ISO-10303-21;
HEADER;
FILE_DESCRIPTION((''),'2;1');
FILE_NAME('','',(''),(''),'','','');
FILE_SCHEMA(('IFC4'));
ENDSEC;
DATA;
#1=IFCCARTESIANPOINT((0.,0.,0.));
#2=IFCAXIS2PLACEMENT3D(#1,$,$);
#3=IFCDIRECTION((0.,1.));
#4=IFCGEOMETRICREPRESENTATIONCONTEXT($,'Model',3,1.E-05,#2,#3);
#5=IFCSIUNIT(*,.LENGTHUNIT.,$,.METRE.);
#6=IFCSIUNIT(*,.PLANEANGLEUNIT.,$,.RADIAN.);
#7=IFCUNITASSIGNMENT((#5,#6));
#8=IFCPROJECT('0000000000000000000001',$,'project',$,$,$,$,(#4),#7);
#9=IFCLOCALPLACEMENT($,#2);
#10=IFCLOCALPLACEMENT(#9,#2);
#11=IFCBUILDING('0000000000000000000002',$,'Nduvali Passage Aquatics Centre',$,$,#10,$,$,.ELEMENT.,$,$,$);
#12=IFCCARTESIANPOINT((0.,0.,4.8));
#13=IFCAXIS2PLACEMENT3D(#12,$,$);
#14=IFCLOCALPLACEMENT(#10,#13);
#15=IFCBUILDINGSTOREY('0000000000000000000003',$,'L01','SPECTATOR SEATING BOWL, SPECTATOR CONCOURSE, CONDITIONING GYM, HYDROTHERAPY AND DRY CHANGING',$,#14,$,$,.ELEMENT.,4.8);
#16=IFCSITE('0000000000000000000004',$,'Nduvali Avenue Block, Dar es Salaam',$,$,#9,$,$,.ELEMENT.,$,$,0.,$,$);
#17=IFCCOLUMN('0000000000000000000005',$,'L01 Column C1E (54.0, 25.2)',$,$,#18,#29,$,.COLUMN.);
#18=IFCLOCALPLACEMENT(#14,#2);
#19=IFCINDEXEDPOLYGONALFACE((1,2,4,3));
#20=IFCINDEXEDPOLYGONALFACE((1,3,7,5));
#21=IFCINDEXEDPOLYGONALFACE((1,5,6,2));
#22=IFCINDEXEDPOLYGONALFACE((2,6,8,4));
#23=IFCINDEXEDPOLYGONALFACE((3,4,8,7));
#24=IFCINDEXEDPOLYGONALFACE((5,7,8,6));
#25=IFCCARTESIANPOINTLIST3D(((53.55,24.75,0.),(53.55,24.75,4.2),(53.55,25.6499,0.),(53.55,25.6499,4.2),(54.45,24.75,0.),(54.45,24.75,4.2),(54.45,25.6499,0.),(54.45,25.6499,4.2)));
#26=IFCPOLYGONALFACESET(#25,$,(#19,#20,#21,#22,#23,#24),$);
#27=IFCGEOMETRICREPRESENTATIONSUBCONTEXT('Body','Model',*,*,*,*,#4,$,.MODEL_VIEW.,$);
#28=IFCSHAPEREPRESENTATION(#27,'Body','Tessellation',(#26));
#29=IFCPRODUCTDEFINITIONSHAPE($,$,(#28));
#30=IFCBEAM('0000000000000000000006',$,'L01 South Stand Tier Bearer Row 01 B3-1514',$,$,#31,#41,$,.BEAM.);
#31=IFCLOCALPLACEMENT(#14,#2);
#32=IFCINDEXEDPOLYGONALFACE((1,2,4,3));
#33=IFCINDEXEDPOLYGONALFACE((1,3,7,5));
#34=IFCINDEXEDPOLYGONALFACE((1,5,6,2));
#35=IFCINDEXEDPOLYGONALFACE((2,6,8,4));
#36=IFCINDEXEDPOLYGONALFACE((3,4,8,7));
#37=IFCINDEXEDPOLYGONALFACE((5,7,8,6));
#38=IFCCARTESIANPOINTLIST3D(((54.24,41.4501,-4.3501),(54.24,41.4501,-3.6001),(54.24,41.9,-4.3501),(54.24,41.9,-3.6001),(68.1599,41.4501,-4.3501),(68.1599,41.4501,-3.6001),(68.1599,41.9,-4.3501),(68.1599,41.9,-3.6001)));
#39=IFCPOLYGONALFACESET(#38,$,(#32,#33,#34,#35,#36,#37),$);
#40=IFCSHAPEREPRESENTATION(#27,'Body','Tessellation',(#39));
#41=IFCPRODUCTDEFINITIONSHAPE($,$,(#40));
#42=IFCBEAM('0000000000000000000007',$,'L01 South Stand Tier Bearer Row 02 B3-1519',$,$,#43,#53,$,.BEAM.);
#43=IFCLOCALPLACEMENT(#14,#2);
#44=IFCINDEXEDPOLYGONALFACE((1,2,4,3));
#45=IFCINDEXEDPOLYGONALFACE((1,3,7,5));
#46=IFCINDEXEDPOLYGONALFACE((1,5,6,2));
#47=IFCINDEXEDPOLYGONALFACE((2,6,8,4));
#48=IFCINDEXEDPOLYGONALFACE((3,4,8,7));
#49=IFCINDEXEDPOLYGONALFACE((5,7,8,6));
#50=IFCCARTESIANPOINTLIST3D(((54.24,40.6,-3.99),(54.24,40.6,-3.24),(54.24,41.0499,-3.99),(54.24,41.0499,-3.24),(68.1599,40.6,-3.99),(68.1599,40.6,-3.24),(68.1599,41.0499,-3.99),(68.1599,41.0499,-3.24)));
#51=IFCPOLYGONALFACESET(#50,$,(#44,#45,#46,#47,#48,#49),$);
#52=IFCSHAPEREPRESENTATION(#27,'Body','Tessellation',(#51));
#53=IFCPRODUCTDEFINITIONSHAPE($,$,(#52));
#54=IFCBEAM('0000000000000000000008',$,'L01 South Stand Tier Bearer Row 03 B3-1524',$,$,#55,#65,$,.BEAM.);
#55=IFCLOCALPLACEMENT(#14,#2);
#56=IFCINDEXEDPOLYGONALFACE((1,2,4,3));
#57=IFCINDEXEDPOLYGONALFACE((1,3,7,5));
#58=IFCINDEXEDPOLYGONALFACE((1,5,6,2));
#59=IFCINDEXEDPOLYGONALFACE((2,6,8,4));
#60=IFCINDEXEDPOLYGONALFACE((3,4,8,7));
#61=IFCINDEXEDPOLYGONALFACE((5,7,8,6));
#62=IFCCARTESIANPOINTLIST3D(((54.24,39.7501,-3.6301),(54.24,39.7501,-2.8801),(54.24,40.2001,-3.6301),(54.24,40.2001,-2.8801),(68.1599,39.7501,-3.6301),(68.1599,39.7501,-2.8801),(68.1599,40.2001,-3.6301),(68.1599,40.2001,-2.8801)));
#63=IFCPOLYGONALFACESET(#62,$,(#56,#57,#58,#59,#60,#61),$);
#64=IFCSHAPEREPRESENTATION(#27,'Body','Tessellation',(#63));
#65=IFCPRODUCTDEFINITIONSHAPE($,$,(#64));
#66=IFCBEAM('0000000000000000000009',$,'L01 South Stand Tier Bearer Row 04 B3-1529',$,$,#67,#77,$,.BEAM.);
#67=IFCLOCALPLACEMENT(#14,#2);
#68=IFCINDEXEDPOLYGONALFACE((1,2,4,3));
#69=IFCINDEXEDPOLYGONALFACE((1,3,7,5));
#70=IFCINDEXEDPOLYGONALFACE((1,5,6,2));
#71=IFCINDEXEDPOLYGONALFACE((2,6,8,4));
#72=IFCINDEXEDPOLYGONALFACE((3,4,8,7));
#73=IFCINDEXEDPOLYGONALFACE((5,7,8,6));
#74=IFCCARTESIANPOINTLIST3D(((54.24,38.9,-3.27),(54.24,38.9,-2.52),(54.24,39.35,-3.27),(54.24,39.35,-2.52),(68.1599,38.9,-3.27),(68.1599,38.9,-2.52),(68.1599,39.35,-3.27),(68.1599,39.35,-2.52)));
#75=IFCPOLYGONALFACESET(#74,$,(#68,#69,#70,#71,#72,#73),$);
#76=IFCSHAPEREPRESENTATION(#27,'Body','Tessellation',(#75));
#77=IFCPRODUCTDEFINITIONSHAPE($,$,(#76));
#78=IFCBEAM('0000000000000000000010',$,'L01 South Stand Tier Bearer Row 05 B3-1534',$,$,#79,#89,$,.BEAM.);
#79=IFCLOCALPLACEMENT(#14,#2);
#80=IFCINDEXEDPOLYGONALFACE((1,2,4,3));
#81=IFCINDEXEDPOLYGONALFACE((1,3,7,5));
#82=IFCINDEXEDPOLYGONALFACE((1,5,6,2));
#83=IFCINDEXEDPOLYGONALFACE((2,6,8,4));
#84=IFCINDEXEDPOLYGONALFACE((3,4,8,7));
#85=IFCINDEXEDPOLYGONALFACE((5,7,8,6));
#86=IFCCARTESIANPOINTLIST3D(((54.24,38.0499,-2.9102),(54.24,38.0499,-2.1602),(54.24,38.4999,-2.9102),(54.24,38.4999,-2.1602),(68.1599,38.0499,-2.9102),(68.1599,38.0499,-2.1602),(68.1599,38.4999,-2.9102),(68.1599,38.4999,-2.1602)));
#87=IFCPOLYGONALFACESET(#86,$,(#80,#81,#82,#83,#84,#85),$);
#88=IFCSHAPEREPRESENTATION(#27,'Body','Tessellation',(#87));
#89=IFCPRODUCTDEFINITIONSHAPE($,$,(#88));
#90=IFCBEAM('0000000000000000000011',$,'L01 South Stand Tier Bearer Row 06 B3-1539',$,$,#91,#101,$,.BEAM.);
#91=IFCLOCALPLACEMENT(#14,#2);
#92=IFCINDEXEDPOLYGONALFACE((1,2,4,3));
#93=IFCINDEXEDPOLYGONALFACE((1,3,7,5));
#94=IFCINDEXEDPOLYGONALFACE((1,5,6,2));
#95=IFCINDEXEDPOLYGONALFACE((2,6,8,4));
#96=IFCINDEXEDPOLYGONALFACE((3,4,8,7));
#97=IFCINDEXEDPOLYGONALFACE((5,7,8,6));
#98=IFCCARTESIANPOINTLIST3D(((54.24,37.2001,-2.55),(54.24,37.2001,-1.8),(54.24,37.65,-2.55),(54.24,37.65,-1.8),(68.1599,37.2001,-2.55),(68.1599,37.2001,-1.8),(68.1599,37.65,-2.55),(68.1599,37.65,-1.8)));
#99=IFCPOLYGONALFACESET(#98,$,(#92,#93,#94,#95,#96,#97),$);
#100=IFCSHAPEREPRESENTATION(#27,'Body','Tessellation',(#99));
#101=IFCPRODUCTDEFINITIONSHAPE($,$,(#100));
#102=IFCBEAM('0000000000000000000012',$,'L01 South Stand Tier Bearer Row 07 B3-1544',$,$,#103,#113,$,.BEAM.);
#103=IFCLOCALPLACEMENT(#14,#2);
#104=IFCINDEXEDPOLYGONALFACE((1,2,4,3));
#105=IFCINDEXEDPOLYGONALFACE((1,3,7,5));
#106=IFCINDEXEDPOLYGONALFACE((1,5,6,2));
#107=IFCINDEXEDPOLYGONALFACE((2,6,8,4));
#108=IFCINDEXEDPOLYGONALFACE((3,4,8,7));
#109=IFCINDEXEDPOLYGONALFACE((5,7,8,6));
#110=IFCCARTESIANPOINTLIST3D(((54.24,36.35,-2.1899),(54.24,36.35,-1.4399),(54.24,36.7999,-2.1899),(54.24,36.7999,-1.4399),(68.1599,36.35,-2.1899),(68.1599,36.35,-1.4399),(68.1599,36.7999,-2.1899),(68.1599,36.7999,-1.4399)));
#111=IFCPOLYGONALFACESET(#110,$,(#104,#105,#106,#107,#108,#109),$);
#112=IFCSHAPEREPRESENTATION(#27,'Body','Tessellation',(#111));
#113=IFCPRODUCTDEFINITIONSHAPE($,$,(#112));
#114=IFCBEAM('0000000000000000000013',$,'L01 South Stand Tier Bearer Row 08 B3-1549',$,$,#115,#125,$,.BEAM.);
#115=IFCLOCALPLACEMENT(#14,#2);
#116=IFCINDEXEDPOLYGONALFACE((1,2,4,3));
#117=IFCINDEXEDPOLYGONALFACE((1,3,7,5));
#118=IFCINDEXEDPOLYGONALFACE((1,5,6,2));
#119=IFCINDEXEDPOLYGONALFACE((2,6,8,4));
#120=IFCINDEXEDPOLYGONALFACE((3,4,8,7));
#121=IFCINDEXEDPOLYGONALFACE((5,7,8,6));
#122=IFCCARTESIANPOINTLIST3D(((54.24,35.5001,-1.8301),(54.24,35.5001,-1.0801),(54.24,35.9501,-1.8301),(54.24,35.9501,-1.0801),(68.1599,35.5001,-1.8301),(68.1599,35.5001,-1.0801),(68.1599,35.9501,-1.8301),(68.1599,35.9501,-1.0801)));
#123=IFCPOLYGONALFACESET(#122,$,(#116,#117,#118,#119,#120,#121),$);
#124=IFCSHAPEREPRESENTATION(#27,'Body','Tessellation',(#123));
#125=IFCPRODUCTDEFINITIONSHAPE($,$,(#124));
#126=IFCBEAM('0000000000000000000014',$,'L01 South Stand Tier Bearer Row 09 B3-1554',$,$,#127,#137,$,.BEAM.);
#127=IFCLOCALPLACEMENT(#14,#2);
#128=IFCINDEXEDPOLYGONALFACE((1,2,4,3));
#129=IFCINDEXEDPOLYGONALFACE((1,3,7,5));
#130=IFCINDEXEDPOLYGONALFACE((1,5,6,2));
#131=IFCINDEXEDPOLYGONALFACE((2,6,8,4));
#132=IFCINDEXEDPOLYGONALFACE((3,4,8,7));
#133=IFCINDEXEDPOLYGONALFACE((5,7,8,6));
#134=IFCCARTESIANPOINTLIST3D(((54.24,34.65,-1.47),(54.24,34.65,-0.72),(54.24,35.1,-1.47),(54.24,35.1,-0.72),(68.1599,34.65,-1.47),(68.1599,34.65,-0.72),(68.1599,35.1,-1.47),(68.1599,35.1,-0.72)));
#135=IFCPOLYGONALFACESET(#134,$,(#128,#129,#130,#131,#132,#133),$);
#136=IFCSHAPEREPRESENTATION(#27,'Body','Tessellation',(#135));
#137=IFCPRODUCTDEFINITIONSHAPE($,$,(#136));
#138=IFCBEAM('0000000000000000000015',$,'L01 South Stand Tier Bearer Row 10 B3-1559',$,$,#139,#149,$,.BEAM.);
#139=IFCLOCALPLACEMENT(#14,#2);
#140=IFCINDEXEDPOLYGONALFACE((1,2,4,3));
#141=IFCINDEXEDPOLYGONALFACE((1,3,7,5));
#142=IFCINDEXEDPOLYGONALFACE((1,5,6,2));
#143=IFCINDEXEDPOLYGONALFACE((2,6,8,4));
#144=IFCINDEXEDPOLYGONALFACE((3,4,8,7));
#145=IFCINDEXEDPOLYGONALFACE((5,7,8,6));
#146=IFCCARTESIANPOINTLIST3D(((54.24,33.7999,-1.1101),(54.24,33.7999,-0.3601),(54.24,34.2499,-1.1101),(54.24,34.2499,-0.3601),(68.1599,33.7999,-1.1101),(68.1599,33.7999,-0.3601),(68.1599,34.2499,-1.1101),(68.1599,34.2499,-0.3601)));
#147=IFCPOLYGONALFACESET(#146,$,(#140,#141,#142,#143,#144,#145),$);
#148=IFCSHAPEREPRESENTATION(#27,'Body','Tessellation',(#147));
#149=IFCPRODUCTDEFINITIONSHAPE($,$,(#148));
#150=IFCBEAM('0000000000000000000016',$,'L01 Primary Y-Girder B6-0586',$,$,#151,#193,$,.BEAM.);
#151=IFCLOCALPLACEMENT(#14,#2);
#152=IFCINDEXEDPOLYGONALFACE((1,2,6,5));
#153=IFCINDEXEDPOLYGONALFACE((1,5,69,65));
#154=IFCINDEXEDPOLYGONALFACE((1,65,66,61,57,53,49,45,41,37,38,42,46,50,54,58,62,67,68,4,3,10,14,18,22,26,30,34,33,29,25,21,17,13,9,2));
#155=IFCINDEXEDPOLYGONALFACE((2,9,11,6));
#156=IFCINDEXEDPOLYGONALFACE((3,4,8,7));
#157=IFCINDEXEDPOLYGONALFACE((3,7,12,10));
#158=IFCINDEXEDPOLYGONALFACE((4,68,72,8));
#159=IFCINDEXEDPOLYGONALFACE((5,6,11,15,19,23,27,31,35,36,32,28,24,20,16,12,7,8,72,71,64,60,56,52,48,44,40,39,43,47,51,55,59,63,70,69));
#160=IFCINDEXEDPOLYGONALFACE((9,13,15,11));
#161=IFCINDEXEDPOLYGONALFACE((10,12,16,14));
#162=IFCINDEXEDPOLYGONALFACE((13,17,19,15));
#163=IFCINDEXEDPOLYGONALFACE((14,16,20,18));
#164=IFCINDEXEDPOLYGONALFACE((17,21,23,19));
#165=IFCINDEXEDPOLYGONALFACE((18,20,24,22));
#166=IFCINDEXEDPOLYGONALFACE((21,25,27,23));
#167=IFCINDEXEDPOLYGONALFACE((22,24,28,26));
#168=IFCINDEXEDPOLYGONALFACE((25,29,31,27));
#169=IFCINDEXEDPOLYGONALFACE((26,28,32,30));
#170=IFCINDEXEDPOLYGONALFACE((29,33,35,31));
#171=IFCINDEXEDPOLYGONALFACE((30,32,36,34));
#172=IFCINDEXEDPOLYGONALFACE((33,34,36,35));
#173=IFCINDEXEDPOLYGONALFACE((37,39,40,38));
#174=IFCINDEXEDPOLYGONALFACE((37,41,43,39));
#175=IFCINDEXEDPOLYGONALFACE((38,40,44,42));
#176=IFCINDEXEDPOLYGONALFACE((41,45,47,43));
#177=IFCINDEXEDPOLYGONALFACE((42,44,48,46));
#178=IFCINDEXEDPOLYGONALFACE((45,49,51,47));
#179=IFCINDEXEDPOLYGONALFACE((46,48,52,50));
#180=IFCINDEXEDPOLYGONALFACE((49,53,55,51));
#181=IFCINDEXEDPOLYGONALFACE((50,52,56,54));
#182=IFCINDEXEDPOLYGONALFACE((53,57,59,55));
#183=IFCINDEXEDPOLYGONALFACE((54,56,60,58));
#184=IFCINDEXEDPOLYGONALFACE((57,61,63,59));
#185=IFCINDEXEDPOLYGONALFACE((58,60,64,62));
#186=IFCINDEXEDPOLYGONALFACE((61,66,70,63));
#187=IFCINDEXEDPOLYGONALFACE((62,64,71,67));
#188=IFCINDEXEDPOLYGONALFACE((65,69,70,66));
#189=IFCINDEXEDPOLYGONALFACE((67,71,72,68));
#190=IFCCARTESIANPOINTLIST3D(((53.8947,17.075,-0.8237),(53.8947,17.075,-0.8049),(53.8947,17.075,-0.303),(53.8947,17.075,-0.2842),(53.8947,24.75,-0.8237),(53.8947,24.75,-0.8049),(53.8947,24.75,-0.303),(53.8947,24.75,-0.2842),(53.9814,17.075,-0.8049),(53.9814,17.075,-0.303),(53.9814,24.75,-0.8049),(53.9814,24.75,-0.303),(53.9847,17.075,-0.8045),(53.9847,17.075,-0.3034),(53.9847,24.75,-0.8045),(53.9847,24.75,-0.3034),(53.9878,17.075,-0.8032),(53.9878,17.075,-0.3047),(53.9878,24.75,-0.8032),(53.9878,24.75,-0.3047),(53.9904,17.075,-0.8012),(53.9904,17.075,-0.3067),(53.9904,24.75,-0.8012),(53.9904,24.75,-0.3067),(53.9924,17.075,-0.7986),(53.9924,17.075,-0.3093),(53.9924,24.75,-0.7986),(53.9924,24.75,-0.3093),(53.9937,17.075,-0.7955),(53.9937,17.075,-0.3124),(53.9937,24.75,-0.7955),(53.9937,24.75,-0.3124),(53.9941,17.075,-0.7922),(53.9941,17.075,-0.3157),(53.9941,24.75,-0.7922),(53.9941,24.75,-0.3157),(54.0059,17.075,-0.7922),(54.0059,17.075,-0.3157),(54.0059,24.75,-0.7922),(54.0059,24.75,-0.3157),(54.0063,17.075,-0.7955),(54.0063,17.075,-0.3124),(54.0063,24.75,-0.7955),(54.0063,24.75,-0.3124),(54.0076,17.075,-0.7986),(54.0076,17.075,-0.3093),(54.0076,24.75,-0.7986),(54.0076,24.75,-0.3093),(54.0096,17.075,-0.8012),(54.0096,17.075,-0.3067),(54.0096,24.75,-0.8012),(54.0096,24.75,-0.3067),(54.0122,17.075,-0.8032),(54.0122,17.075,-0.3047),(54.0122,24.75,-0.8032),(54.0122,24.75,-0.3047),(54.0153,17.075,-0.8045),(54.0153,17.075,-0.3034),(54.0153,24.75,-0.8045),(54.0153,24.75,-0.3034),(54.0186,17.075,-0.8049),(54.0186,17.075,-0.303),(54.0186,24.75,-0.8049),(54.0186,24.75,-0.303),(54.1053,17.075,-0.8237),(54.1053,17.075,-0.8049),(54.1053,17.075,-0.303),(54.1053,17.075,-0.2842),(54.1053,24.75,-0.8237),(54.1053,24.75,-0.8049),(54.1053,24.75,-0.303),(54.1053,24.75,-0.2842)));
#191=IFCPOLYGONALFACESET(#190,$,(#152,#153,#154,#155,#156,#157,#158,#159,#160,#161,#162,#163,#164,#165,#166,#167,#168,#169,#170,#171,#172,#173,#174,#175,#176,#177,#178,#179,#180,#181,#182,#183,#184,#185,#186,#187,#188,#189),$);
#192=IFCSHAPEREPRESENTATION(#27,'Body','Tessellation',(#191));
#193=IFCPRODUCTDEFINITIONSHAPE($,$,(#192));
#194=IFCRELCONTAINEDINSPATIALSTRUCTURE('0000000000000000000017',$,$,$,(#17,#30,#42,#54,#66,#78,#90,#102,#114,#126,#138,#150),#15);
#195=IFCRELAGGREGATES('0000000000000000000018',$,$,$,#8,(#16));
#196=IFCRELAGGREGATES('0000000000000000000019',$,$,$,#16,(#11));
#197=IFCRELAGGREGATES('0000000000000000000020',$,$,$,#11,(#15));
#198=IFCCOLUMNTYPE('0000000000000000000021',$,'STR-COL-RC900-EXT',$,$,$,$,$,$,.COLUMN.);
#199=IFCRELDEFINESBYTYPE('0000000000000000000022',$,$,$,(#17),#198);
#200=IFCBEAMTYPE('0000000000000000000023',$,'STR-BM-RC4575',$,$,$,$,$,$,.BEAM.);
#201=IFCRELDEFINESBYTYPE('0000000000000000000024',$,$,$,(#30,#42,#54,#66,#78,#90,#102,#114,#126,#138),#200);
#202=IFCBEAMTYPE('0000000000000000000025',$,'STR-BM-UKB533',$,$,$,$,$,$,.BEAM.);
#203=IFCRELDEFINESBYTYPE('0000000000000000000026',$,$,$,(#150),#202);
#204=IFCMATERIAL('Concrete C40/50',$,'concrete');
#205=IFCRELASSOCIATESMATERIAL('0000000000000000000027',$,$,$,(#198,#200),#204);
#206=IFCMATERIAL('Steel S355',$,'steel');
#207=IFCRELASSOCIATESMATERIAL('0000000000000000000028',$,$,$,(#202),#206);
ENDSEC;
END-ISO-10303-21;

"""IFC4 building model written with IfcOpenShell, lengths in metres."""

from ifc_helpers import new_model, si_unit, direction, frame, origin, origin_2d, place, context, subcontext, project, spatial, rectangle, i_section, extrude, material, material_profile, profile_set, type_object, element, save


model = new_model("IFC4")

# Units and contexts
model_context = context("Model", 3, precision=1e-05, world=origin(), true_north=direction((0.0, 1.0)))
body_context = subcontext(model_context, "Body", "Model", "MODEL_VIEW")
ifc_project = project(units=[si_unit("LENGTHUNIT", "METRE"), si_unit("PLANEANGLEUNIT", "RADIAN")], contexts=[model_context])

# Site, building, storey
site_placement = place(None, origin())
site = spatial("IfcSite", under=ifc_project, at=site_placement, Name="Nduvali Avenue Block, Dar es Salaam", CompositionType="ELEMENT", RefElevation=0.0)
building_placement = place(site_placement, origin())
building = spatial("IfcBuilding", under=site, at=building_placement, Name="Nduvali Passage Aquatics Centre", CompositionType="ELEMENT")
storey_placement = place(building_placement, frame((0.0, 0.0, 4.8)))
storey = spatial("IfcBuildingStorey", under=building, at=storey_placement, Name="L01", Description="SPECTATOR SEATING BOWL, SPECTATOR CONCOURSE, CONDITIONING GYM, HYDROTHERAPY AND DRY CHANGING", CompositionType="ELEMENT", Elevation=4.8)

# Column
ifc_material_1 = material(Name="Concrete C40/50", Category="concrete")
ifc_material_profile_1 = material_profile(ifc_material_1, rectangle(XDim=0.8999, YDim=0.8999, at=origin_2d()), Name="RC 900x900")
ifc_profile_set_1 = profile_set([ifc_material_profile_1], Name="Concrete C40/50")
column_type = type_object("IfcColumnType", Name="STR-COL-RC900-EXT", PredefinedType="COLUMN", material=ifc_profile_set_1)
column_placement = place(storey_placement, frame((54.0, 25.2, 0.0), z_axis=(0.0, 0.0, 1.0), x_axis=(1.0, 0.0, 0.0)))
element("IfcColumn", 1, at=column_placement, inside=storey, type_object=column_type, Name="L01 Column C1E (54.0, 25.2)", PredefinedType="COLUMN", context=body_context, shape_type="SweptSolid", body=[
    extrude(rectangle(XDim=0.8999, YDim=0.8999, at=origin_2d()), origin(), (0.0, 0.0, 1.0), 4.2),
])

# Beams
ifc_material_profile_2 = material_profile(ifc_material_1, rectangle(XDim=0.45, YDim=0.75, at=origin_2d()), Name="RC 450x750")
ifc_profile_set_2 = profile_set([ifc_material_profile_2], Name="Concrete C40/50")
beam_type_1 = type_object("IfcBeamType", Name="STR-BM-RC4575", PredefinedType="BEAM", material=ifc_profile_set_2)
for number, where, z_axis, x_axis, name in (
    (2, (54.24, 41.675, -3.9751), (1.0, 0.0, 0.0), (0.0, 1.0, 0.0), "L01 South Stand Tier Bearer Row 01 B3-1514"),
    (3, (54.24, 40.825, -3.615), (1.0, 0.0, 0.0), (0.0, 1.0, 0.0), "L01 South Stand Tier Bearer Row 02 B3-1519"),
    (4, (54.24, 39.9751, -3.2551), (1.0, 0.0, 0.0), (0.0, 1.0, 0.0), "L01 South Stand Tier Bearer Row 03 B3-1524"),
    (5, (54.24, 39.125, -2.895), (1.0, 0.0, 0.0), (0.0, 1.0, 0.0), "L01 South Stand Tier Bearer Row 04 B3-1529"),
    (6, (54.24, 38.2749, -2.5352), (1.0, 0.0, 0.0), (0.0, 1.0, 0.0), "L01 South Stand Tier Bearer Row 05 B3-1534"),
    (7, (54.24, 37.425, -2.175), (1.0, 0.0, 0.0), (0.0, 1.0, 0.0), "L01 South Stand Tier Bearer Row 06 B3-1539"),
    (8, (54.24, 36.575, -1.8149), (1.0, 0.0, 0.0), (0.0, 1.0, 0.0), "L01 South Stand Tier Bearer Row 07 B3-1544"),
    (9, (54.24, 35.7251, -1.4551), (1.0, 0.0, 0.0), (0.0, 1.0, 0.0), "L01 South Stand Tier Bearer Row 08 B3-1549"),
    (10, (54.24, 34.875, -1.095), (1.0, 0.0, 0.0), (0.0, 1.0, 0.0), "L01 South Stand Tier Bearer Row 09 B3-1554"),
    (11, (54.24, 34.0249, -0.7351), (1.0, 0.0, 0.0), (0.0, 1.0, 0.0), "L01 South Stand Tier Bearer Row 10 B3-1559"),
):
    element("IfcBeam", number, at=place(storey_placement, frame(where, z_axis=z_axis, x_axis=x_axis)), inside=storey, type_object=beam_type_1, Name=name, PredefinedType="BEAM", context=body_context, shape_type="SweptSolid", body=[
        extrude(rectangle(XDim=0.45, YDim=0.75, at=origin_2d()), origin(), (0.0, 0.0, 1.0), 13.9199),
    ])
ifc_material_2 = material(Name="Steel S355", Category="steel")
ifc_material_profile_3 = material_profile(ifc_material_2, i_section(OverallWidth=0.2107, OverallDepth=0.5396, WebThickness=0.0117, FlangeThickness=0.0188, FilletRadius=0.0127, at=origin_2d()), Name="UKB 533x210x109")
ifc_profile_set_3 = profile_set([ifc_material_profile_3], Name="Steel S355")
beam_type_2 = type_object("IfcBeamType", Name="STR-BM-UKB533", PredefinedType="BEAM", material=ifc_profile_set_3)
beam_1_placement = place(storey_placement, frame((54.0, 17.075, -0.554), z_axis=(0.0, 1.0, 0.0), x_axis=(-1.0, 0.0, 0.0)))
element("IfcBeam", 12, at=beam_1_placement, inside=storey, type_object=beam_type_2, Name="L01 Primary Y-Girder B6-0586", PredefinedType="BEAM", context=body_context, shape_type="SweptSolid", body=[
    extrude(i_section(OverallWidth=0.2107, OverallDepth=0.5396, WebThickness=0.0117, FlangeThickness=0.0188, FilletRadius=0.0127, at=origin_2d()), origin(), (0.0, 0.0, 1.0), 7.675),
])

save(model, "model.ifc")
